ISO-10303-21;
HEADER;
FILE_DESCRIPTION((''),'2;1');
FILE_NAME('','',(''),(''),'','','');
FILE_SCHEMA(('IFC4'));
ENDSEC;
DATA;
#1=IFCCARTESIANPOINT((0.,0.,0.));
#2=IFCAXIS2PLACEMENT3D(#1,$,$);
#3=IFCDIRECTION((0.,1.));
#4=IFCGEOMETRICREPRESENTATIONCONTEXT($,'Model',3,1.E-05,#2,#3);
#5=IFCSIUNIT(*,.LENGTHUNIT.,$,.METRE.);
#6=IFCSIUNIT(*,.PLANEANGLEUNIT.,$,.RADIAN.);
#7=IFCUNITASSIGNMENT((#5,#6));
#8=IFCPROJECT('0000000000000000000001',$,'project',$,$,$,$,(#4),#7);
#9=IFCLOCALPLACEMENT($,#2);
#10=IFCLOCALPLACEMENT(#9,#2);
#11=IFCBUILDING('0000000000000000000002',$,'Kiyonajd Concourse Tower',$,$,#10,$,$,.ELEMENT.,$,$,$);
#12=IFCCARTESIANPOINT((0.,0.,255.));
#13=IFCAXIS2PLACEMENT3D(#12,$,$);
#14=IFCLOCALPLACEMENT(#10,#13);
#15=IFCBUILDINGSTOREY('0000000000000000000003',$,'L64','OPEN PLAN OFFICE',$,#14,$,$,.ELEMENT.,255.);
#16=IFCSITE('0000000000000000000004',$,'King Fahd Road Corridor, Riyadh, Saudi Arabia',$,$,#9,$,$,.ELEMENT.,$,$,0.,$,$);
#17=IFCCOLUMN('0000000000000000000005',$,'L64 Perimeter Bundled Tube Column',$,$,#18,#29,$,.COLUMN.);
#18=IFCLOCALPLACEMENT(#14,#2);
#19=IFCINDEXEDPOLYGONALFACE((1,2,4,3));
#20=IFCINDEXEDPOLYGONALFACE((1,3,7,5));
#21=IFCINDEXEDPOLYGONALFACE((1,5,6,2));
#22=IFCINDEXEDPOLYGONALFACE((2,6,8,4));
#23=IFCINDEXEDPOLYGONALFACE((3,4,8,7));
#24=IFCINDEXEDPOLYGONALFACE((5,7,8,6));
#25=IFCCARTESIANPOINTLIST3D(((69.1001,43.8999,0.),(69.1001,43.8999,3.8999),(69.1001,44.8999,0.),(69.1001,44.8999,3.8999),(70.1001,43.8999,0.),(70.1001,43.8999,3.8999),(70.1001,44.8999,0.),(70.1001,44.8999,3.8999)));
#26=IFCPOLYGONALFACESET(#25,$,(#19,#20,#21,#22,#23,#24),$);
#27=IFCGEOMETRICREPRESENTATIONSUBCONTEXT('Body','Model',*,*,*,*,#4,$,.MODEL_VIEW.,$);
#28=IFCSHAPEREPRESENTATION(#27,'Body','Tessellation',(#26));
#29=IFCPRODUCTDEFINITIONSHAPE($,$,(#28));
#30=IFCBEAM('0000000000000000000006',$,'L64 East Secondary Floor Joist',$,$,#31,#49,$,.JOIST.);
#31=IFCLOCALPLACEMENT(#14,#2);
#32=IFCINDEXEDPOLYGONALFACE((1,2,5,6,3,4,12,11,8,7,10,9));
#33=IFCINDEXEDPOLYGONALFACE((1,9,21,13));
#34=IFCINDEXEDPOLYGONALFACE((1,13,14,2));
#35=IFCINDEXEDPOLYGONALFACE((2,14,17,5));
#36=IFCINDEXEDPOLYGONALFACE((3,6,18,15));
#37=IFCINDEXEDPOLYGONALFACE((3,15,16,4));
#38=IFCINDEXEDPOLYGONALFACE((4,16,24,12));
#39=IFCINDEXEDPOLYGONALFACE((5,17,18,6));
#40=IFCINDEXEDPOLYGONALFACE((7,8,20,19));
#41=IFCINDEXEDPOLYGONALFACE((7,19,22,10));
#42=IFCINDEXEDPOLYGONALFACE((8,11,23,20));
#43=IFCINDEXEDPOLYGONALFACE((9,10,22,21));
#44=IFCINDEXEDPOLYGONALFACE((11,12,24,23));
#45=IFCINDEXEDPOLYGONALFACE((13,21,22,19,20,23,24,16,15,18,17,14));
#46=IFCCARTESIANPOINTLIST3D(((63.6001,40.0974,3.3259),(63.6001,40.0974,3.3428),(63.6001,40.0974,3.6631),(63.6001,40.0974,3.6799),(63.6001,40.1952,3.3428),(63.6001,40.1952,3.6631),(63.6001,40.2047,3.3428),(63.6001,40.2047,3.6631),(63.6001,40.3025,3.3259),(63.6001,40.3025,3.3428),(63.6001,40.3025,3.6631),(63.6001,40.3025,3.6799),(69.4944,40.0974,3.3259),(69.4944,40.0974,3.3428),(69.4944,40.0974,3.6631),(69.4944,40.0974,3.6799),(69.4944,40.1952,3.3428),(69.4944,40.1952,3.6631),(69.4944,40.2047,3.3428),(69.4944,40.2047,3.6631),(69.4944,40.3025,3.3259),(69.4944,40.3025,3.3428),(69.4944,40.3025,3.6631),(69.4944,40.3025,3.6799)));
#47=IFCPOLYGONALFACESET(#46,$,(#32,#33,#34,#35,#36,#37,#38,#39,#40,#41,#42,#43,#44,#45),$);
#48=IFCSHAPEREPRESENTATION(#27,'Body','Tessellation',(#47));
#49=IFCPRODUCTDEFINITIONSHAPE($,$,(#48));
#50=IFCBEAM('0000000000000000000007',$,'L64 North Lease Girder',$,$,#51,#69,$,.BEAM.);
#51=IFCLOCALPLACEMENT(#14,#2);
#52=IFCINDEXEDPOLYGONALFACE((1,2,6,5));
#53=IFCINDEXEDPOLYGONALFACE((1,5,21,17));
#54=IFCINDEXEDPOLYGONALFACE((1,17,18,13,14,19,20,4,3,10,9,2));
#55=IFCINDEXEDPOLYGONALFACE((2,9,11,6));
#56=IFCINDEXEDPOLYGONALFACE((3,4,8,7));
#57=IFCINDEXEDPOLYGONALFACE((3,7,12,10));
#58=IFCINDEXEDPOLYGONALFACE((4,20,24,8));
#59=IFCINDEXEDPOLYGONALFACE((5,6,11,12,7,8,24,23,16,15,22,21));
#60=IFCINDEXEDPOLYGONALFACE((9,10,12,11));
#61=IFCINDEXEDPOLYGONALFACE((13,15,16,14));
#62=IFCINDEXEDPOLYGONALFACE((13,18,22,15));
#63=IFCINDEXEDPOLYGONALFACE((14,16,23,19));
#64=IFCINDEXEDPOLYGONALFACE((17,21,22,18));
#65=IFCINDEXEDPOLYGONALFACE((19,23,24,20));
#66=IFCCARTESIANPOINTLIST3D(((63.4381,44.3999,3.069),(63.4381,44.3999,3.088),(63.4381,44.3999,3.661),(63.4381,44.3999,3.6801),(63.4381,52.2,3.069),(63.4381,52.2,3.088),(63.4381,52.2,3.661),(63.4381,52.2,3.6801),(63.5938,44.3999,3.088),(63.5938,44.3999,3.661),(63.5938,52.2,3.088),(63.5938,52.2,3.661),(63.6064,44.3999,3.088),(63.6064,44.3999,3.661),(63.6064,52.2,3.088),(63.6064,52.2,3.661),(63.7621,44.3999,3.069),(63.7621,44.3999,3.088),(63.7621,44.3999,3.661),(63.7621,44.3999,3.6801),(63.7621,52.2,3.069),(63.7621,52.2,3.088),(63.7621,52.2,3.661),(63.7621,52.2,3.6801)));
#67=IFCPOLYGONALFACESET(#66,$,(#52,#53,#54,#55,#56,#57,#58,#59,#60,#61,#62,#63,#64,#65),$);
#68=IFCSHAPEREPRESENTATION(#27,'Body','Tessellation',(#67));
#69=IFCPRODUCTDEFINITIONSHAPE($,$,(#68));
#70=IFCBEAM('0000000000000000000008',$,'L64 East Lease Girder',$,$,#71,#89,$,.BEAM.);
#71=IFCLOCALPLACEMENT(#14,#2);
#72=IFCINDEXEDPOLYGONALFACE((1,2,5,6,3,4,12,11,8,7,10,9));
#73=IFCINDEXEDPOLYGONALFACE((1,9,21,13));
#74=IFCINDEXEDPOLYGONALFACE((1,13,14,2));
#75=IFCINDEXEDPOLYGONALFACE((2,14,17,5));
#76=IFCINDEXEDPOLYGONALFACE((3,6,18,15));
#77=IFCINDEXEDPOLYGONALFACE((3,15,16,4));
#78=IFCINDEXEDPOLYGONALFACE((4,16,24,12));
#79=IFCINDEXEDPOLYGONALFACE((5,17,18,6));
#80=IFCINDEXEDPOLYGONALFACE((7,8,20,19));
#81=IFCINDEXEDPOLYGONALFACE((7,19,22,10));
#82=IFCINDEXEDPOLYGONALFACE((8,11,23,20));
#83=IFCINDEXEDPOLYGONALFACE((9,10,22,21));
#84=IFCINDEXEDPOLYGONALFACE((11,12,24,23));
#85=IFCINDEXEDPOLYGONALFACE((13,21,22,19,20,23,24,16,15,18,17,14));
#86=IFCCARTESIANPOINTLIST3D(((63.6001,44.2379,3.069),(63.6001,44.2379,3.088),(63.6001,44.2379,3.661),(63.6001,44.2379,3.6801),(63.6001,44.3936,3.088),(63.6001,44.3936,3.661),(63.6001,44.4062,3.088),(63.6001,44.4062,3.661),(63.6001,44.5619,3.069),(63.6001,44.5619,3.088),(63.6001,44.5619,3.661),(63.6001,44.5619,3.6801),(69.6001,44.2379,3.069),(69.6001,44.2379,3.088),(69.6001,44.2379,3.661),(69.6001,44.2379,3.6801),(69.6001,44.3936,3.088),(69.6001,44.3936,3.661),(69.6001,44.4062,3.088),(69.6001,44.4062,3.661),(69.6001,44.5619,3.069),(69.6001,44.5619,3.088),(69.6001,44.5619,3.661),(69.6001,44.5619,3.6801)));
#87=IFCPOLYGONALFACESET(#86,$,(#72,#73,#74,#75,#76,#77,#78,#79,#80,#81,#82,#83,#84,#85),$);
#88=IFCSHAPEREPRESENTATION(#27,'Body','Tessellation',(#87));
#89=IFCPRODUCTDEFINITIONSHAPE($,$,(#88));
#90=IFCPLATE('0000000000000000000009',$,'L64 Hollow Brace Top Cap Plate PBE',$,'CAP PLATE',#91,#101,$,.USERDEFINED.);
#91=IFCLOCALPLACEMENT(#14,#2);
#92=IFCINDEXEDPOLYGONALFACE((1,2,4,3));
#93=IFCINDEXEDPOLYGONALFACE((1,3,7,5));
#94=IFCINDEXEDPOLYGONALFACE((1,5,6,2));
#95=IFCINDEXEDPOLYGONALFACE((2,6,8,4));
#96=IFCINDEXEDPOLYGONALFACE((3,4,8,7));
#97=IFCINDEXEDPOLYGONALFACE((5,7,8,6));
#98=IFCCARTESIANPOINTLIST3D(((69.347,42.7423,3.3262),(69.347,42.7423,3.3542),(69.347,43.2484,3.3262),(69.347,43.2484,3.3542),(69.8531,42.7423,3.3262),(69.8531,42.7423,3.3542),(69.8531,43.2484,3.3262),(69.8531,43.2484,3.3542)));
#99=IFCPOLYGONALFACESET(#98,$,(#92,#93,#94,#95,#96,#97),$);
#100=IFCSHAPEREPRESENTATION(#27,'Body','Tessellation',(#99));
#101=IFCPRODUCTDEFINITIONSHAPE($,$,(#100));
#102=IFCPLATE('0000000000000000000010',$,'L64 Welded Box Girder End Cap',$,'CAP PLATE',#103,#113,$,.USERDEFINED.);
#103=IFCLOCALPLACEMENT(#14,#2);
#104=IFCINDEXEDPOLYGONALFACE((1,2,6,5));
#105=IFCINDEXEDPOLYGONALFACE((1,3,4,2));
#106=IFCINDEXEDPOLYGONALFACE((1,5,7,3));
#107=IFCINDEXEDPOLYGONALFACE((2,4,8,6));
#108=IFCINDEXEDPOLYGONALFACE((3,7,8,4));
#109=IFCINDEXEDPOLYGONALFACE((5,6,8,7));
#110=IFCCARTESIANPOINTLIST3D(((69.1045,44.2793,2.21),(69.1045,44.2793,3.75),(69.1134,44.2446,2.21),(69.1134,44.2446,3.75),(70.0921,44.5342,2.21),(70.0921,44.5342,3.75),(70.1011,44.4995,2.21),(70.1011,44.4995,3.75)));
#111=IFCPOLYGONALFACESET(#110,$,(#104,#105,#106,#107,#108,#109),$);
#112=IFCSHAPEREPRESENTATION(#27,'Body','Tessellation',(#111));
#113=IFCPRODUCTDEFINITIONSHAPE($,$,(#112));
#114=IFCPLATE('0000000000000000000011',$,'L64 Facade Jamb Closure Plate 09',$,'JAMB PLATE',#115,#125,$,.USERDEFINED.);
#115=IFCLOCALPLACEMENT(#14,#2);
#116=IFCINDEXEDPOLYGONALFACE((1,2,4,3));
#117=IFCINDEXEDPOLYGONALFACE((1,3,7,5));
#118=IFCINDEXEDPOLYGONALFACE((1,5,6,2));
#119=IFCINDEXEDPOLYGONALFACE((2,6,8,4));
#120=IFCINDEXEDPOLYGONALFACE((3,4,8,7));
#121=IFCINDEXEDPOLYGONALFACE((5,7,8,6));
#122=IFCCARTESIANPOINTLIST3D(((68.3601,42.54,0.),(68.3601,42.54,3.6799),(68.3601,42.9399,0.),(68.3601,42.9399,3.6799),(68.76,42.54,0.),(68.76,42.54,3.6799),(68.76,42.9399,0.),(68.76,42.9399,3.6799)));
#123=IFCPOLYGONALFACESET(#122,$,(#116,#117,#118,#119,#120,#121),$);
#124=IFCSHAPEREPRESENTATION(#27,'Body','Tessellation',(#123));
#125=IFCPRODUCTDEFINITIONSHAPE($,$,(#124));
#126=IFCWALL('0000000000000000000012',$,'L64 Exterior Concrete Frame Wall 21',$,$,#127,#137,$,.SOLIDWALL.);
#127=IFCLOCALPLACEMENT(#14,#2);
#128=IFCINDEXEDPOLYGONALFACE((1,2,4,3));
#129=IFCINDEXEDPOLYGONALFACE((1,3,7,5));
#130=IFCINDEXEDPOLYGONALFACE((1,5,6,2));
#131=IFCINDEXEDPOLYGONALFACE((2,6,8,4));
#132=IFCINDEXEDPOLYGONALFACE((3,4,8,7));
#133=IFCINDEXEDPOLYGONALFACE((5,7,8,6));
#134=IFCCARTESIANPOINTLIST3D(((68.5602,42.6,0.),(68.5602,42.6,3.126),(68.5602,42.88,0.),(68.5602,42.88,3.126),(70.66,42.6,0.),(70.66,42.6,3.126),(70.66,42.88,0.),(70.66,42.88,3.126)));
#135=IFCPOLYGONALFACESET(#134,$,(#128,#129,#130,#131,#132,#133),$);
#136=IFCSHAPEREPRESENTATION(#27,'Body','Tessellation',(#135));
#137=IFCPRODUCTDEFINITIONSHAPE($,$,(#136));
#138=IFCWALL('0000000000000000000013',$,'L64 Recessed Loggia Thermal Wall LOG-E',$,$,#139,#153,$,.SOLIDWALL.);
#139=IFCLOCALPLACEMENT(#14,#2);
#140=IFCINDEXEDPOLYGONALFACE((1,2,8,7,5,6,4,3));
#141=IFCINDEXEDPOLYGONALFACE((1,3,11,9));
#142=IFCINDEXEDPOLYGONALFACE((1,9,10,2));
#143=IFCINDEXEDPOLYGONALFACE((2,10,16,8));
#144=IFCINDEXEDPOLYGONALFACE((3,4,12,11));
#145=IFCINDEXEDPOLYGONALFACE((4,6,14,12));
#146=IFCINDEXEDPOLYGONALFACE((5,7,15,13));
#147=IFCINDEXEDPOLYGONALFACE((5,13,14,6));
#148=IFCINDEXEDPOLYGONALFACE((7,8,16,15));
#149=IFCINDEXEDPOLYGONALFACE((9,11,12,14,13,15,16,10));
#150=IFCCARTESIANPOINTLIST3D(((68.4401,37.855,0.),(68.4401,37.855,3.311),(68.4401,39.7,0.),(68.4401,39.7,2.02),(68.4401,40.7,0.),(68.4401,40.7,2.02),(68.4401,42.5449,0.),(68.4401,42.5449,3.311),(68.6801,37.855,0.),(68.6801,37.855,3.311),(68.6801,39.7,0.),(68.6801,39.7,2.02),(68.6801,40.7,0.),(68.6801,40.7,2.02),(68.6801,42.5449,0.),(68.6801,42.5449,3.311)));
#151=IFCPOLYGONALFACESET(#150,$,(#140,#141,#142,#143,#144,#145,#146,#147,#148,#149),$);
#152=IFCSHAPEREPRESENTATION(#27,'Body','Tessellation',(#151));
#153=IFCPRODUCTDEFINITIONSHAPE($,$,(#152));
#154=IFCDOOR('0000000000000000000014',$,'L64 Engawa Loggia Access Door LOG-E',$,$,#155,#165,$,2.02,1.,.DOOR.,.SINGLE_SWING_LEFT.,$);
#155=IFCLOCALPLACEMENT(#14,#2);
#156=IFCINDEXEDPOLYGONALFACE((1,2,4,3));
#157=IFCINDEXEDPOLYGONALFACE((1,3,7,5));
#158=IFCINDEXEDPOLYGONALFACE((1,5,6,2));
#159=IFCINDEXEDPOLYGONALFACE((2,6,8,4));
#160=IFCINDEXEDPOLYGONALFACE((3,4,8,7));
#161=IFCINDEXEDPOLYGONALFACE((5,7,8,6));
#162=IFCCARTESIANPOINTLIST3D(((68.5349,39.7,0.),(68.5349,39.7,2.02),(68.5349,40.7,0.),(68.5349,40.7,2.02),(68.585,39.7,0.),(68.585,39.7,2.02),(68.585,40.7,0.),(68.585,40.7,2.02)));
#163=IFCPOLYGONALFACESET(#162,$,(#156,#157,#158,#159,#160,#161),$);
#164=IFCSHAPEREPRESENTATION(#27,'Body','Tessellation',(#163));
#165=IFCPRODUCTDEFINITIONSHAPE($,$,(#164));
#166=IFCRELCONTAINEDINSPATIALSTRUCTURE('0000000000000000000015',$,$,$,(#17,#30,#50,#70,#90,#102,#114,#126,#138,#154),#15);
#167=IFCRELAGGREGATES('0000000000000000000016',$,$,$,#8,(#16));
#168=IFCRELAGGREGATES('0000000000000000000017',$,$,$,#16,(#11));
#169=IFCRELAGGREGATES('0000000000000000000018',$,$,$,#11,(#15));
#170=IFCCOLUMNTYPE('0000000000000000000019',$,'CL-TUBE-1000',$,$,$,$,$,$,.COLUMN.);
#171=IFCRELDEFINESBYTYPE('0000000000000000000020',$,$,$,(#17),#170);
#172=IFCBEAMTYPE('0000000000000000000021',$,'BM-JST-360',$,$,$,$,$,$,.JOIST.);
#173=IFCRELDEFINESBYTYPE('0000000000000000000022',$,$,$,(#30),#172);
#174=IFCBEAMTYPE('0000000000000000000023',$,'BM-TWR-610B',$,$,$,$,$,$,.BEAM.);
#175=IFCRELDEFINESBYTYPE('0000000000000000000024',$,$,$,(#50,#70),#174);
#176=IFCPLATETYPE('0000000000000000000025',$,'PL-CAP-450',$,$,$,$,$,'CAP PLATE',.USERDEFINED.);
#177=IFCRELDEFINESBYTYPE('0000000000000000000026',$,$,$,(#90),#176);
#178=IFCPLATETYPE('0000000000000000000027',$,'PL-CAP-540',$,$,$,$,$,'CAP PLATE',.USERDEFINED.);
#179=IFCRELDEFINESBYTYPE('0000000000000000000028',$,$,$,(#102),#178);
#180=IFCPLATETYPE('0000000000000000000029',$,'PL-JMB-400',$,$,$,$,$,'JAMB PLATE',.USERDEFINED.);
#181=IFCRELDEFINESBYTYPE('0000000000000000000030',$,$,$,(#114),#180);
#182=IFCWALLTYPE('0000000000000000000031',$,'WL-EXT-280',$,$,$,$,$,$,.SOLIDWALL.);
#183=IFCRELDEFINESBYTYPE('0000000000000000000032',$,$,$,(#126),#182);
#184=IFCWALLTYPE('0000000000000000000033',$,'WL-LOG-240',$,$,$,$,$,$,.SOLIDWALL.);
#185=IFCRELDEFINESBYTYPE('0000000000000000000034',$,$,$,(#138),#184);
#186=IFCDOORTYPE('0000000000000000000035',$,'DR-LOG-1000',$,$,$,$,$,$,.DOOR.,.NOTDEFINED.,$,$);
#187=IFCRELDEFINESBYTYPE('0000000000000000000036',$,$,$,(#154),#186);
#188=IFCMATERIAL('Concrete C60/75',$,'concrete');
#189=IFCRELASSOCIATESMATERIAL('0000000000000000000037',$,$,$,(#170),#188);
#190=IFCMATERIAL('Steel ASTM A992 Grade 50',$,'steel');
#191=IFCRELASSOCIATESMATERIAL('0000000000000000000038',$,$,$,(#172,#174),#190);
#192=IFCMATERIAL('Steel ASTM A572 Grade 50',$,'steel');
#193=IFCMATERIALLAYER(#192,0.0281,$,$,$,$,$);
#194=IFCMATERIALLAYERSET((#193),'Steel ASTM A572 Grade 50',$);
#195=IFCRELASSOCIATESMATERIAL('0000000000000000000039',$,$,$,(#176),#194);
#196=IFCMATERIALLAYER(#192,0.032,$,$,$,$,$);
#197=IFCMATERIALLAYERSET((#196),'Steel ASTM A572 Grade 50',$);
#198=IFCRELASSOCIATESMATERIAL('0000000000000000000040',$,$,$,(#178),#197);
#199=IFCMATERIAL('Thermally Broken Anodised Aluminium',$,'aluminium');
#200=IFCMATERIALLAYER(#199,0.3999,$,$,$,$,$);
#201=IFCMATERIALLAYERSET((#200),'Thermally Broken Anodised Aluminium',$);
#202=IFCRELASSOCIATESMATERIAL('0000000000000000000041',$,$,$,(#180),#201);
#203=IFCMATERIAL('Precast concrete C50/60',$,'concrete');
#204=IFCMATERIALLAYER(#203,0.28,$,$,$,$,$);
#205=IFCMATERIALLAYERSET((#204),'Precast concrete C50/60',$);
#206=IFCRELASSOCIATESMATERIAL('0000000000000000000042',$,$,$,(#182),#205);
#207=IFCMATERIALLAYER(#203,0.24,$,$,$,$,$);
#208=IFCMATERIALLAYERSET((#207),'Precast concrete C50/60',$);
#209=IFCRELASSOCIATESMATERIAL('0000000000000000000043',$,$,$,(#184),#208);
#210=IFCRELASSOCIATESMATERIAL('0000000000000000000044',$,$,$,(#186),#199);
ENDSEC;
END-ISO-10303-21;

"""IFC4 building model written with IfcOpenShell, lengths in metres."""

from ifc_helpers import new_model, si_unit, direction, frame, frame_2d, origin, origin_2d, place, context, subcontext, project, spatial, rectangle, i_section, extrude, material, layer, layer_set, material_profile, profile_set, type_object, element, fill, save


model = new_model("IFC4")

# Units and contexts
model_context = context("Model", 3, precision=1e-05, world=origin(), true_north=direction((0.0, 1.0)))
body_context = subcontext(model_context, "Body", "Model", "MODEL_VIEW")
ifc_project = project(units=[si_unit("LENGTHUNIT", "METRE"), si_unit("PLANEANGLEUNIT", "RADIAN")], contexts=[model_context])

# Site, building, storey
site_placement = place(None, origin())
site = spatial("IfcSite", under=ifc_project, at=site_placement, Name="King Fahd Road Corridor, Riyadh, Saudi Arabia", CompositionType="ELEMENT", RefElevation=0.0)
building_placement = place(site_placement, origin())
building = spatial("IfcBuilding", under=site, at=building_placement, Name="Kiyonajd Concourse Tower", CompositionType="ELEMENT")
storey_placement = place(building_placement, frame((0.0, 0.0, 255.0)))
storey = spatial("IfcBuildingStorey", under=building, at=storey_placement, Name="L64", Description="OPEN PLAN OFFICE", CompositionType="ELEMENT", Elevation=255.0)

# Column
ifc_material_1 = material(Name="Concrete C60/75", Category="concrete")
ifc_material_profile_1 = material_profile(ifc_material_1, rectangle(XDim=1.0, YDim=1.0, at=origin_2d()), Name="RC-1000x1000")
ifc_profile_set_1 = profile_set([ifc_material_profile_1], Name="Concrete C60/75")
column_type = type_object("IfcColumnType", Name="CL-TUBE-1000", PredefinedType="COLUMN", material=ifc_profile_set_1)
column_placement = place(storey_placement, frame((69.6001, 44.3999, 0.0), z_axis=(0.0, 0.0, 1.0), x_axis=(1.0, 0.0, 0.0)))
element("IfcColumn", 1, at=column_placement, inside=storey, type_object=column_type, Name="L64 Perimeter Bundled Tube Column", PredefinedType="COLUMN", context=body_context, shape_type="SweptSolid", body=[
    extrude(rectangle(XDim=1.0, YDim=1.0, at=origin_2d()), origin(), (0.0, 0.0, 1.0), 3.8999),
])

# Beams
ifc_material_2 = material(Name="Steel ASTM A992 Grade 50", Category="steel")
ifc_material_profile_2 = material_profile(ifc_material_2, i_section(OverallWidth=0.2051, OverallDepth=0.354, WebThickness=0.0095, FlangeThickness=0.0168, at=origin_2d()), Name="W360X79")
ifc_profile_set_2 = profile_set([ifc_material_profile_2], Name="Steel ASTM A992 Grade 50")
beam_type_1 = type_object("IfcBeamType", Name="BM-JST-360", PredefinedType="JOIST", material=ifc_profile_set_2)
beam_1_placement = place(storey_placement, frame((63.6001, 40.2, 3.5029), z_axis=(1.0, 0.0, 0.0), x_axis=(0.0, 1.0, 0.0)))
element("IfcBeam", 2, at=beam_1_placement, inside=storey, type_object=beam_type_1, Name="L64 East Secondary Floor Joist", PredefinedType="JOIST", context=body_context, shape_type="SweptSolid", body=[
    extrude(i_section(OverallWidth=0.2051, OverallDepth=0.354, WebThickness=0.0095, FlangeThickness=0.0168, at=origin_2d()), origin(), (0.0, 0.0, 1.0), 5.8943),
])
ifc_material_profile_3 = material_profile(ifc_material_2, i_section(OverallWidth=0.324, OverallDepth=0.6111, WebThickness=0.0127, FlangeThickness=0.019, at=origin_2d()), Name="W610X155")
ifc_profile_set_3 = profile_set([ifc_material_profile_3], Name="Steel ASTM A992 Grade 50")
beam_type_2 = type_object("IfcBeamType", Name="BM-TWR-610B", PredefinedType="BEAM", material=ifc_profile_set_3)
beam_2_placement = place(storey_placement, frame((63.6001, 44.3999, 3.3745), z_axis=(0.0, 1.0, 0.0), x_axis=(-1.0, 0.0, 0.0)))
element("IfcBeam", 3, at=beam_2_placement, inside=storey, type_object=beam_type_2, Name="L64 North Lease Girder", PredefinedType="BEAM", context=body_context, shape_type="SweptSolid", body=[
    extrude(i_section(OverallWidth=0.324, OverallDepth=0.6111, WebThickness=0.0127, FlangeThickness=0.019, at=origin_2d()), origin(), (0.0, 0.0, 1.0), 7.8),
])
beam_3_placement = place(storey_placement, frame((63.6001, 44.3999, 3.3745), z_axis=(1.0, 0.0, 0.0), x_axis=(0.0, 1.0, 0.0)))
element("IfcBeam", 4, at=beam_3_placement, inside=storey, type_object=beam_type_2, Name="L64 East Lease Girder", PredefinedType="BEAM", context=body_context, shape_type="SweptSolid", body=[
    extrude(i_section(OverallWidth=0.324, OverallDepth=0.6111, WebThickness=0.0127, FlangeThickness=0.019, at=origin_2d()), origin(), (0.0, 0.0, 1.0), 6.0),
])

# Plates
ifc_material_3 = material(Name="Steel ASTM A572 Grade 50", Category="steel")
ifc_layer_1 = layer(ifc_material_3, 0.0281)
ifc_layer_set_1 = layer_set([ifc_layer_1], Name="Steel ASTM A572 Grade 50")
plate_type_1 = type_object("IfcPlateType", Name="PL-CAP-450", ElementType="CAP PLATE", PredefinedType="USERDEFINED", material=ifc_layer_set_1)
plate_1_placement = place(storey_placement, frame((69.6001, 42.9954, 3.3262), z_axis=(0.0, 0.0, 1.0), x_axis=(1.0, 0.0, 0.0)))
element("IfcPlate", 5, at=plate_1_placement, inside=storey, type_object=plate_type_1, Name="L64 Hollow Brace Top Cap Plate PBE", ObjectType="CAP PLATE", PredefinedType="USERDEFINED", context=body_context, shape_type="SweptSolid", body=[
    extrude(rectangle(XDim=0.5061, YDim=0.5061, at=origin_2d()), origin(), (0.0, 0.0, 1.0), 0.0281),
])
ifc_layer_2 = layer(ifc_material_3, 0.032)
ifc_layer_set_2 = layer_set([ifc_layer_2], Name="Steel ASTM A572 Grade 50")
plate_type_2 = type_object("IfcPlateType", Name="PL-CAP-540", ElementType="CAP PLATE", PredefinedType="USERDEFINED", material=ifc_layer_set_2)
plate_2_placement = place(storey_placement, frame((69.6028, 44.3894, 2.21), z_axis=(0.0, 0.0, 1.0), x_axis=(0.249873, -0.968279, 0.0)))
element("IfcPlate", 6, at=plate_2_placement, inside=storey, type_object=plate_type_2, Name="L64 Welded Box Girder End Cap", ObjectType="CAP PLATE", PredefinedType="USERDEFINED", context=body_context, shape_type="SweptSolid", body=[
    extrude(rectangle(XDim=0.0359, YDim=1.02, at=origin_2d()), origin(), (0.0, 0.0, 1.0), 1.54),
])
ifc_material_4 = material(Name="Thermally Broken Anodised Aluminium", Category="aluminium")
ifc_layer_3 = layer(ifc_material_4, 0.3999)
ifc_layer_set_3 = layer_set([ifc_layer_3], Name="Thermally Broken Anodised Aluminium")
plate_type_3 = type_object("IfcPlateType", Name="PL-JMB-400", ElementType="JAMB PLATE", PredefinedType="USERDEFINED", material=ifc_layer_set_3)
plate_3_placement = place(storey_placement, frame((68.5601, 42.74, 0.0), z_axis=(0.0, 0.0, 1.0), x_axis=(1.0, 0.0, 0.0)))
element("IfcPlate", 7, at=plate_3_placement, inside=storey, type_object=plate_type_3, Name="L64 Facade Jamb Closure Plate 09", ObjectType="JAMB PLATE", PredefinedType="USERDEFINED", context=body_context, shape_type="SweptSolid", body=[
    extrude(rectangle(XDim=0.3999, YDim=0.3999, at=origin_2d()), origin(), (0.0, 0.0, 1.0), 3.6799),
])

# Wall
ifc_material_5 = material(Name="Precast concrete C50/60", Category="concrete")
ifc_layer_4 = layer(ifc_material_5, 0.28)
ifc_layer_set_4 = layer_set([ifc_layer_4], Name="Precast concrete C50/60")
wall_type_1 = type_object("IfcWallType", Name="WL-EXT-280", PredefinedType="SOLIDWALL", material=ifc_layer_set_4)
wall_1_placement = place(storey_placement, frame((70.6599, 42.74, 0.0), z_axis=(0.0, 0.0, 1.0), x_axis=(-1.0, 0.0, 0.0)))
element("IfcWall", 8, at=wall_1_placement, inside=storey, type_object=wall_type_1, Name="L64 Exterior Concrete Frame Wall 21", PredefinedType="SOLIDWALL", context=body_context, shape_type="SweptSolid", body=[
    extrude(rectangle(XDim=2.0999, YDim=0.28, at=frame_2d((1.0498, 0.0))), origin(), (0.0, 0.0, 1.0), 3.126),
])

# Wall, opening, door
ifc_layer_5 = layer(ifc_material_5, 0.24)
ifc_layer_set_5 = layer_set([ifc_layer_5], Name="Precast concrete C50/60")
wall_type_2 = type_object("IfcWallType", Name="WL-LOG-240", PredefinedType="SOLIDWALL", material=ifc_layer_set_5)
wall_2_placement = place(storey_placement, frame((68.5601, 42.5449, 0.0), z_axis=(0.0, 0.0, 1.0), x_axis=(0.0, -1.0, 0.0)))
wall_2 = element("IfcWall", 9, at=wall_2_placement, inside=storey, type_object=wall_type_2, Name="L64 Recessed Loggia Thermal Wall LOG-E", PredefinedType="SOLIDWALL", context=body_context, shape_type="SweptSolid", body=[
    extrude(rectangle(XDim=4.6899, YDim=0.24, at=frame_2d((2.345, 0.0))), origin(), (0.0, 0.0, 1.0), 3.311),
])
opening_placement = place(wall_2_placement, frame((1.845, 0.0, 0.0)))
opening = element("IfcOpeningElement", 10, at=opening_placement, cuts=wall_2, PredefinedType="OPENING", context=body_context, shape_type="SweptSolid", body=[
    extrude(rectangle(XDim=1.0, YDim=2.02, at=frame_2d((0.5, 1.01))), frame((0.0, 0.1299, 0.0), z_axis=(0.0, -1.0, 0.0), x_axis=(1.0, 0.0, 0.0)), (0.0, 0.0, 1.0), 0.26),
])
door_type = type_object("IfcDoorType", Name="DR-LOG-1000", OperationType="NOTDEFINED", PredefinedType="DOOR", material=ifc_material_4)
door_placement = place(opening_placement, origin())
door = element("IfcDoor", 11, at=door_placement, inside=storey, type_object=door_type, Name="L64 Engawa Loggia Access Door LOG-E", OperationType="SINGLE_SWING_LEFT", OverallHeight=2.02, OverallWidth=1.0, PredefinedType="DOOR", context=body_context, shape_type="SweptSolid", body=[
    extrude(rectangle(XDim=1.0, YDim=2.02, at=frame_2d((0.5, 1.01))), frame((0.0, 0.0249, 0.0), z_axis=(0.0, -1.0, 0.0), x_axis=(1.0, 0.0, 0.0)), (0.0, 0.0, 1.0), 0.05),
])
fill(opening, door)

save(model, "model.ifc")
